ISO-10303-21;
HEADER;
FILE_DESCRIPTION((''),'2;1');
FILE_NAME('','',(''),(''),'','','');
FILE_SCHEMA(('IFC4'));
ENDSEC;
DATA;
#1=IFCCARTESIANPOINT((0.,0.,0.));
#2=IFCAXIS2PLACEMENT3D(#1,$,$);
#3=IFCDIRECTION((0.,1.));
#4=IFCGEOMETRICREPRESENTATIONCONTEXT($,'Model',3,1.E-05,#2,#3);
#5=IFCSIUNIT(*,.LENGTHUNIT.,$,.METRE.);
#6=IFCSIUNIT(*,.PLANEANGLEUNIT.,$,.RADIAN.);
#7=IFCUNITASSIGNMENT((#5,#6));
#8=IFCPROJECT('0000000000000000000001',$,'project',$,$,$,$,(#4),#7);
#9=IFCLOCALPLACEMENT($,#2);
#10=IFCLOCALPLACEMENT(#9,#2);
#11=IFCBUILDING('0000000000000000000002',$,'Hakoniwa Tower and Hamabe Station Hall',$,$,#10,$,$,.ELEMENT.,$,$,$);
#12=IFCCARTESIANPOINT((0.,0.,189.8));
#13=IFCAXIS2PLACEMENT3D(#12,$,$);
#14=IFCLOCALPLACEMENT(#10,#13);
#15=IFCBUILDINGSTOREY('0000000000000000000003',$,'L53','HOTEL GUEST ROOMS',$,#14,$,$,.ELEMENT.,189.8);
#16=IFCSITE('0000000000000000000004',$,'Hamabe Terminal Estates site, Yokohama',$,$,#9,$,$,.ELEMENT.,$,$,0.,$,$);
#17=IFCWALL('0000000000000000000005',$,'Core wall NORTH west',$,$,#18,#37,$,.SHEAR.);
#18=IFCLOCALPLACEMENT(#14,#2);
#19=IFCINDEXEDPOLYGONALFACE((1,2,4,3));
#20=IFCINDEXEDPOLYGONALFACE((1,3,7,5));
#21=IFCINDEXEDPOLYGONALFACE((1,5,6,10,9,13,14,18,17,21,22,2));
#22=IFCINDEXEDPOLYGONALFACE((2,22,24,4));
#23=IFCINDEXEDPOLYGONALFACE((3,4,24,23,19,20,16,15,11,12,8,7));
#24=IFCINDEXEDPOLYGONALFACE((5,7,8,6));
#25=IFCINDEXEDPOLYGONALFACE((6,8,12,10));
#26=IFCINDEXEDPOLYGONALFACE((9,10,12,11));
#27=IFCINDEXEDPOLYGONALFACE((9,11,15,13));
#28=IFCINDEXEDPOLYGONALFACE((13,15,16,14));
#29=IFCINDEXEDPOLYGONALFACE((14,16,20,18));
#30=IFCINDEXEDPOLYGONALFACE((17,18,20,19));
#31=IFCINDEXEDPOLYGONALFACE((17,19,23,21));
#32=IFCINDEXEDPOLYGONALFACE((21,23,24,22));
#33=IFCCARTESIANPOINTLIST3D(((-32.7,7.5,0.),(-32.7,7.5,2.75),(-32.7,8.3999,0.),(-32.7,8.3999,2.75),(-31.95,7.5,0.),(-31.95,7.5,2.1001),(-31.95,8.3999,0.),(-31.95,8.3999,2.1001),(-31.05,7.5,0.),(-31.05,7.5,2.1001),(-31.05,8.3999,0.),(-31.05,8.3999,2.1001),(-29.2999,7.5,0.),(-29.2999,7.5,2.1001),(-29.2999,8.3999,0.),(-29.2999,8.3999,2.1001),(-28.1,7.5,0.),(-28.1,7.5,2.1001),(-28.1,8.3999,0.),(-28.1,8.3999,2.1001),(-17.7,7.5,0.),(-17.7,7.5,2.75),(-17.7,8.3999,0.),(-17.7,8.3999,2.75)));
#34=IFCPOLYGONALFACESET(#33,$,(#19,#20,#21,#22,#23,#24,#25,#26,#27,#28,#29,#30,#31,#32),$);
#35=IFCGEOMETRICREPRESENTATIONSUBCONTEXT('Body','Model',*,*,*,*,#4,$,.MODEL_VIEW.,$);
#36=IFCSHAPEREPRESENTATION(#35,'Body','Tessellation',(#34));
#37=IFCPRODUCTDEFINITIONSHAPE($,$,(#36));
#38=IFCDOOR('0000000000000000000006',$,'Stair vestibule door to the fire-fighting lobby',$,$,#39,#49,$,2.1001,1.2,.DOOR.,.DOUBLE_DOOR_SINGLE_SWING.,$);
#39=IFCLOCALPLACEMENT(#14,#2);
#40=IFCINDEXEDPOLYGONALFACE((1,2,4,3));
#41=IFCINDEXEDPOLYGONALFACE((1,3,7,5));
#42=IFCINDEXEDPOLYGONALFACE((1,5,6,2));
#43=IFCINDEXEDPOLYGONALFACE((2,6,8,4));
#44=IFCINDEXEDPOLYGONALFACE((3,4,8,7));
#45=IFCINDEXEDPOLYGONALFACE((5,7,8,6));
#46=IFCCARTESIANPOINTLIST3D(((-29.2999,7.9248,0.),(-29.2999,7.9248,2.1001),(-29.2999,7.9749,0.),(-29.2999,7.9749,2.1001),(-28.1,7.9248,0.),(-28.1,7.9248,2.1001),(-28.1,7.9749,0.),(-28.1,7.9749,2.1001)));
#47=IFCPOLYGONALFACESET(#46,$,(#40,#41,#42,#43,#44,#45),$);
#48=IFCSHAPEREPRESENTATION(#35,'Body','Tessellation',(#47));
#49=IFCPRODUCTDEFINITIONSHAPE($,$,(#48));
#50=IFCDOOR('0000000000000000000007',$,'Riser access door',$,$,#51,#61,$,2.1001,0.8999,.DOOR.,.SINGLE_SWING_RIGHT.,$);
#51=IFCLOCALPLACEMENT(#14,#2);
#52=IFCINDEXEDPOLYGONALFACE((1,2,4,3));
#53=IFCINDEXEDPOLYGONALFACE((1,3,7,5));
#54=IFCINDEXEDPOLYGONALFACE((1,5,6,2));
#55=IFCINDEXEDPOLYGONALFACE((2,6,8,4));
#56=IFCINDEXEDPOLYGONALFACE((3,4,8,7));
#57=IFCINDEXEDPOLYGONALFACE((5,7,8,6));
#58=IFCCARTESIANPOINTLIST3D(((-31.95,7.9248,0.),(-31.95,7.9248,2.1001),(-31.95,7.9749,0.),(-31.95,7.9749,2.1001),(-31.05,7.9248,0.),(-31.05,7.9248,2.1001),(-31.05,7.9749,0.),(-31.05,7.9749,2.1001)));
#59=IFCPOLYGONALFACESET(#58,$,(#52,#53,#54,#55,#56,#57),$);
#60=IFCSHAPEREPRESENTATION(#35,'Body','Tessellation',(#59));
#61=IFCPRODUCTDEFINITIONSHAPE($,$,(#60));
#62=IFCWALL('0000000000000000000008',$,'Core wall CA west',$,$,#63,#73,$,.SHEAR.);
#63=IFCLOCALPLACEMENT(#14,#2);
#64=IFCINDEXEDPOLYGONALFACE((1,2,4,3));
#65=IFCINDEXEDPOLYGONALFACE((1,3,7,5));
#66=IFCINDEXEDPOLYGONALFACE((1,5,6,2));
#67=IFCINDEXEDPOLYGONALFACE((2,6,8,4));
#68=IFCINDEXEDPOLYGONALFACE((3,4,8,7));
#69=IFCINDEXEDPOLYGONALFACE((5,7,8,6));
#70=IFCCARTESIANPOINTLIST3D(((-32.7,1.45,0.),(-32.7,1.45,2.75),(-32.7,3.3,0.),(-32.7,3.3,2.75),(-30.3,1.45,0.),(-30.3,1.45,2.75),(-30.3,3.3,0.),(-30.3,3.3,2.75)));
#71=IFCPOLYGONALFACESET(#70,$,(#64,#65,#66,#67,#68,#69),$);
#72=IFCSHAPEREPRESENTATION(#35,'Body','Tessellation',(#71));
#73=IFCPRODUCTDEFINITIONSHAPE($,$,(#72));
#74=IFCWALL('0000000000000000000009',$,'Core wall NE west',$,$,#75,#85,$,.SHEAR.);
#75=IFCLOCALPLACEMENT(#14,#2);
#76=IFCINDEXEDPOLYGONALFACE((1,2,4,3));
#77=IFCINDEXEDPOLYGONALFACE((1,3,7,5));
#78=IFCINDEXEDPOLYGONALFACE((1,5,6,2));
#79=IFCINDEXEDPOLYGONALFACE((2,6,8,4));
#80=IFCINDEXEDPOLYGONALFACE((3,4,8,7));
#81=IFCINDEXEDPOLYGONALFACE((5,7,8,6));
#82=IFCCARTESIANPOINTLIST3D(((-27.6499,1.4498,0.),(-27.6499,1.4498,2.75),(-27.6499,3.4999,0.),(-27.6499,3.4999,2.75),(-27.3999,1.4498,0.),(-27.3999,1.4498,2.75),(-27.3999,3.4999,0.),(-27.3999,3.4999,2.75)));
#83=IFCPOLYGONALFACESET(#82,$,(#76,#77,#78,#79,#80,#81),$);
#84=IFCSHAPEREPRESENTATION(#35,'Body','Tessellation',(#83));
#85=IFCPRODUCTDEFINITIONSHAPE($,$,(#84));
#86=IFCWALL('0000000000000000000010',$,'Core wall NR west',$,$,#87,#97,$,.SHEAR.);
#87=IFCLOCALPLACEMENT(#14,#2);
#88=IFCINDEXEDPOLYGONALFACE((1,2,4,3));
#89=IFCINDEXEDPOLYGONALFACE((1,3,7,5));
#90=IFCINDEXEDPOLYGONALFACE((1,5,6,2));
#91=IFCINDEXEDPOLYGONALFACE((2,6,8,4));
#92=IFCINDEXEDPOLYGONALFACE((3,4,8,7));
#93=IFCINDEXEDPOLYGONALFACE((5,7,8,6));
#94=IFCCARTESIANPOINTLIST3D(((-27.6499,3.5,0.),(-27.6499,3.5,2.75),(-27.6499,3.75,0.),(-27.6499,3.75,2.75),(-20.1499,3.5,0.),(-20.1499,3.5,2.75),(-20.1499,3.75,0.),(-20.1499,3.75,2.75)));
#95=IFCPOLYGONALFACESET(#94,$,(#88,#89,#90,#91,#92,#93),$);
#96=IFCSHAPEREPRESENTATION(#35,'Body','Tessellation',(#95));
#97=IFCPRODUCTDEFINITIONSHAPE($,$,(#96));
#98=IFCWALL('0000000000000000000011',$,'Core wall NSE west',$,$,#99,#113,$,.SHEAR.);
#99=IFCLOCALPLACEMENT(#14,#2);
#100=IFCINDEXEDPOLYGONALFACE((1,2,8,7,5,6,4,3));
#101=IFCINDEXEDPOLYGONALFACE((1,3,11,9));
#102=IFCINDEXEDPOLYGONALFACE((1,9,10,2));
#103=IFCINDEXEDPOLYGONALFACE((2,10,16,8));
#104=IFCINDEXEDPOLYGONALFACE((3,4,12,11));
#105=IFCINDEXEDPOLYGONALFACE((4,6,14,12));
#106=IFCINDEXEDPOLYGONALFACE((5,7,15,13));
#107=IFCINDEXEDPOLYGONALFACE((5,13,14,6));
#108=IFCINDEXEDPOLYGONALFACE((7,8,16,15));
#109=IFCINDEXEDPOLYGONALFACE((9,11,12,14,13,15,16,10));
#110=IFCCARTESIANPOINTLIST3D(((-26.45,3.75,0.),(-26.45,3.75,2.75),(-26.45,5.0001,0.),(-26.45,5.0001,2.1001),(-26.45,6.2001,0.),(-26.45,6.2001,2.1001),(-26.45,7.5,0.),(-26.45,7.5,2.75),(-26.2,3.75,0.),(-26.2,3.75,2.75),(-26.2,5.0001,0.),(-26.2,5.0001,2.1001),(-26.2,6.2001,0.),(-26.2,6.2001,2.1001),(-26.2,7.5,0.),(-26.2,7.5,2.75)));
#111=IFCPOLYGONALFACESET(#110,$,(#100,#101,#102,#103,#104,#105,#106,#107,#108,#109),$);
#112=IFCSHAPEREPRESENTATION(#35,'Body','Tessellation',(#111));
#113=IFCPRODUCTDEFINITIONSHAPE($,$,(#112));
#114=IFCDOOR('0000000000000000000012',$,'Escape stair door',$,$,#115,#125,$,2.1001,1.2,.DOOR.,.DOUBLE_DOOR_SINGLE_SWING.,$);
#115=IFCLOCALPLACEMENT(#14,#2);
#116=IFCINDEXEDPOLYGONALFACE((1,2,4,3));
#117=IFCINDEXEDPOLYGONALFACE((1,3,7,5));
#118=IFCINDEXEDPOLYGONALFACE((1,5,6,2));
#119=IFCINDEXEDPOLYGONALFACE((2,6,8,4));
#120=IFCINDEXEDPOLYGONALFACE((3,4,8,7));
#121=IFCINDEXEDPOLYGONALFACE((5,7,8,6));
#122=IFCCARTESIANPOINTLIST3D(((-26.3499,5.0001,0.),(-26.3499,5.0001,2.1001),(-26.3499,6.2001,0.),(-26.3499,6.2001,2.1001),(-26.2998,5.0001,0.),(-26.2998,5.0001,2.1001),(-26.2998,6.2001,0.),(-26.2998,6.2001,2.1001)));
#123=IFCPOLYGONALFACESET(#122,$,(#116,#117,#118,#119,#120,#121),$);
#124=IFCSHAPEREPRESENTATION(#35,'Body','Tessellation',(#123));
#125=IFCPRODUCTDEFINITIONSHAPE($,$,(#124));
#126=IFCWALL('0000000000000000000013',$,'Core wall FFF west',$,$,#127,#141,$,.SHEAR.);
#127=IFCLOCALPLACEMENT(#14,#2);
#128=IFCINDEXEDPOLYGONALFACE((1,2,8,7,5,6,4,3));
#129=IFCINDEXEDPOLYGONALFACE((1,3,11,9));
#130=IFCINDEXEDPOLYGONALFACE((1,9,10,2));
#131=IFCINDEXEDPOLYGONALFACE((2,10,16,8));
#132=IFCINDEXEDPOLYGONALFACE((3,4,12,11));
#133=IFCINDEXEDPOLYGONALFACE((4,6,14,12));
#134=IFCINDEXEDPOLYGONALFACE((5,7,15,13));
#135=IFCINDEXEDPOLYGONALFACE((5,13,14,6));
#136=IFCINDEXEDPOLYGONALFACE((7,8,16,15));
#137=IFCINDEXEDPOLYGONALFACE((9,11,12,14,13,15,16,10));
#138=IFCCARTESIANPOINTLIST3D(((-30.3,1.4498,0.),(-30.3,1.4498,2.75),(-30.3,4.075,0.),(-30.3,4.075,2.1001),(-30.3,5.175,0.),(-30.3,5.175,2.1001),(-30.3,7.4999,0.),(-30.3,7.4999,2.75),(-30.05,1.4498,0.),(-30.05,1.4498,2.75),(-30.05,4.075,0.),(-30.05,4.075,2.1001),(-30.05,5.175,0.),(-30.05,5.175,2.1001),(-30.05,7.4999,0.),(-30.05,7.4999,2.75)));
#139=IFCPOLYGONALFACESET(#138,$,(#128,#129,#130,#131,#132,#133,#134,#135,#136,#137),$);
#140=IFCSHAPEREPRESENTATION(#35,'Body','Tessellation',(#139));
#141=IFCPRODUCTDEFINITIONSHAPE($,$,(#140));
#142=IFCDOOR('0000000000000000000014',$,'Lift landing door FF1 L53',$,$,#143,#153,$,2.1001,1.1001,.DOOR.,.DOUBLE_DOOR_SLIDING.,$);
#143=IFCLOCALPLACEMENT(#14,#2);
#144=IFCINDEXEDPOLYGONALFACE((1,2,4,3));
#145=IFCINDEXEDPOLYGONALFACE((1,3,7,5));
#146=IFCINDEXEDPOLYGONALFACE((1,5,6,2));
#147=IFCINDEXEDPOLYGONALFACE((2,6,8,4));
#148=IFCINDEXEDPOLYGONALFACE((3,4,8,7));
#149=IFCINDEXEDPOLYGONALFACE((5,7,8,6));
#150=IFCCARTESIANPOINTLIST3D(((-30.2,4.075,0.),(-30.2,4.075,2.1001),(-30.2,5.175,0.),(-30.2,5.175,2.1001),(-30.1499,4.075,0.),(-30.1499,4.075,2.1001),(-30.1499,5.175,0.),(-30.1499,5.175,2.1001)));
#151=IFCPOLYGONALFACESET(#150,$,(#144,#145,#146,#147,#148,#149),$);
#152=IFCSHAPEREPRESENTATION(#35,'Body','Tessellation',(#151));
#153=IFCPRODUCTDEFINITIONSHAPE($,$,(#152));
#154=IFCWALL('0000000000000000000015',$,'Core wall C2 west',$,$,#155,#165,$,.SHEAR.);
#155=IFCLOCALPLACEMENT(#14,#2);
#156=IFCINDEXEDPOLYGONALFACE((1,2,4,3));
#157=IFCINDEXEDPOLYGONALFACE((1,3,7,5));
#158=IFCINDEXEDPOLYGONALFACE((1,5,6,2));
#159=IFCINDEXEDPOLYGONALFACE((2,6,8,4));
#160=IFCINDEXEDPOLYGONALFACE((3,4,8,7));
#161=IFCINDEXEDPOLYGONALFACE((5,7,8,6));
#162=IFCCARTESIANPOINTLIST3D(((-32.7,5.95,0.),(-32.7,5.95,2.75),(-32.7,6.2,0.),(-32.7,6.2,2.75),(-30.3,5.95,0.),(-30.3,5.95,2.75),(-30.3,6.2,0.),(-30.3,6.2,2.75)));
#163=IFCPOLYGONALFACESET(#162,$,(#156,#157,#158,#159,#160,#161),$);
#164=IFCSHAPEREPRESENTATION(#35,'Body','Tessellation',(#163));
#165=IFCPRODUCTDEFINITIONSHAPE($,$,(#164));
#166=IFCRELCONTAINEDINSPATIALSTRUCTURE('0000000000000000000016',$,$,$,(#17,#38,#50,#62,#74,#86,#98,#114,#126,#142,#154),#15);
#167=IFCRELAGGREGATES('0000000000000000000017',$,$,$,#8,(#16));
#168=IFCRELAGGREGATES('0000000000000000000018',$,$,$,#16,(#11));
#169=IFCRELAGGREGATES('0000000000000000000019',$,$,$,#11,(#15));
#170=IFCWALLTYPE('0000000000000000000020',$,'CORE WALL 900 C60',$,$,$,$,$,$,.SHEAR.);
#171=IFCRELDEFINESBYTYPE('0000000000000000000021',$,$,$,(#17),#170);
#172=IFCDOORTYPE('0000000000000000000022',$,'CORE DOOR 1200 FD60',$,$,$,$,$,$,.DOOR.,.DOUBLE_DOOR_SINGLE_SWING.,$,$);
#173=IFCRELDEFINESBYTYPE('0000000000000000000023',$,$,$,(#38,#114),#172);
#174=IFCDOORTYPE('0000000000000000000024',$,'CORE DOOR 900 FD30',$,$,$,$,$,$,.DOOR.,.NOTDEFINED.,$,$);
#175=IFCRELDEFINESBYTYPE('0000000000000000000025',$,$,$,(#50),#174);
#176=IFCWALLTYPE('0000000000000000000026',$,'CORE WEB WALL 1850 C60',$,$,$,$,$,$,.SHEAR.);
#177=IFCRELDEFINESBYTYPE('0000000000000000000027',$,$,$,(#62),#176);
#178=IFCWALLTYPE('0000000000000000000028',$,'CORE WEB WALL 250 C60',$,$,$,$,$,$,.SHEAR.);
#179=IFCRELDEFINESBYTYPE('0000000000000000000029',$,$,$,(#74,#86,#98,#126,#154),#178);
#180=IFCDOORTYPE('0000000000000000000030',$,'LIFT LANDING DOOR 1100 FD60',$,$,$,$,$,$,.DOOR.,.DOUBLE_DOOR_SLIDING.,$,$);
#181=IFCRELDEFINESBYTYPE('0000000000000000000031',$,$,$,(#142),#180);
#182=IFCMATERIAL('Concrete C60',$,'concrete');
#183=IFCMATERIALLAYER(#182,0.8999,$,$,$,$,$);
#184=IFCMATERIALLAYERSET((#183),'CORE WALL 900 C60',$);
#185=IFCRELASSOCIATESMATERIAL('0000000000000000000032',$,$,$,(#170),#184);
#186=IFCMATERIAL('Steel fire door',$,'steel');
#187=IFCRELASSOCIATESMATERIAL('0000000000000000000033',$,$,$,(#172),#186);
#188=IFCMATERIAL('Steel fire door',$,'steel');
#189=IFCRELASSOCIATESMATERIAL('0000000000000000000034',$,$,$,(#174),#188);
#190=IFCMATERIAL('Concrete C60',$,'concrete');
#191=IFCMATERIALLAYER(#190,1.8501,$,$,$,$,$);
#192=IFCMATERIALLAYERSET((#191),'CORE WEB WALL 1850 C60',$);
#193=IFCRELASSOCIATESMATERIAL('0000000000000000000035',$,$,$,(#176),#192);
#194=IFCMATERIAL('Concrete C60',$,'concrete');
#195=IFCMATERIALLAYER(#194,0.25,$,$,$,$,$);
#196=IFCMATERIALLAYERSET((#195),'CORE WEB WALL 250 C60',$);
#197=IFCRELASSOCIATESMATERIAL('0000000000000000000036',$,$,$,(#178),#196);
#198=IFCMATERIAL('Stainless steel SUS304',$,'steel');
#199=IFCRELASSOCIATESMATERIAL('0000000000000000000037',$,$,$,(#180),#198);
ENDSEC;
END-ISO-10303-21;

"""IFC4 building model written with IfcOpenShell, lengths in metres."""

from ifc_helpers import new_model, si_unit, direction, frame, frame_2d, origin, place, context, subcontext, project, spatial, rectangle, extrude, material, layer, layer_set, type_object, element, fill, save


model = new_model("IFC4")

# Units and contexts
model_context = context("Model", 3, precision=1e-05, world=origin(), true_north=direction((0.0, 1.0)))
body_context = subcontext(model_context, "Body", "Model", "MODEL_VIEW")
ifc_project = project(units=[si_unit("LENGTHUNIT", "METRE"), si_unit("PLANEANGLEUNIT", "RADIAN")], contexts=[model_context])

# Site, building, storey
site_placement = place(None, origin())
site = spatial("IfcSite", under=ifc_project, at=site_placement, Name="Hamabe Terminal Estates site, Yokohama", CompositionType="ELEMENT", RefElevation=0.0)
building_placement = place(site_placement, origin())
building = spatial("IfcBuilding", under=site, at=building_placement, Name="Hakoniwa Tower and Hamabe Station Hall", CompositionType="ELEMENT")
storey_placement = place(building_placement, frame((0.0, 0.0, 189.8)))
storey = spatial("IfcBuildingStorey", under=building, at=storey_placement, Name="L53", Description="HOTEL GUEST ROOMS", CompositionType="ELEMENT", Elevation=189.8)

# Wall, openings, doors
ifc_material_1 = material(Name="Concrete C60", Category="concrete")
ifc_layer_1 = layer(ifc_material_1, 0.8999)
ifc_layer_set_1 = layer_set([ifc_layer_1], Name="CORE WALL 900 C60")
wall_type_1 = type_object("IfcWallType", Name="CORE WALL 900 C60", PredefinedType="SHEAR", material=ifc_layer_set_1)
wall_1_placement = place(storey_placement, frame((-32.7, 7.95, 0.0), z_axis=(0.0, 0.0, 1.0), x_axis=(1.0, 0.0, 0.0)))
wall_1 = element("IfcWall", 1, at=wall_1_placement, inside=storey, type_object=wall_type_1, Name="Core wall NORTH west", PredefinedType="SHEAR", context=body_context, shape_type="SweptSolid", body=[
    extrude(rectangle(XDim=15.0, YDim=0.8999, at=frame_2d((7.5, 0.0))), origin(), (0.0, 0.0, 1.0), 2.75),
])
opening_1_placement = place(wall_1_placement, frame((3.3999, 0.0, 0.0)))
opening_1 = element("IfcOpeningElement", 2, at=opening_1_placement, cuts=wall_1, PredefinedType="OPENING", context=body_context, shape_type="SweptSolid", body=[
    extrude(rectangle(XDim=1.2, YDim=2.1001, at=frame_2d((0.6001, 1.05))), frame((0.0, 0.46, 0.0), z_axis=(0.0, -1.0, 0.0), x_axis=(1.0, 0.0, 0.0)), (0.0, 0.0, 1.0), 0.9199),
])
opening_2_placement = place(wall_1_placement, frame((0.75, 0.0, 0.0)))
opening_2 = element("IfcOpeningElement", 3, at=opening_2_placement, cuts=wall_1, PredefinedType="OPENING", context=body_context, shape_type="SweptSolid", body=[
    extrude(rectangle(XDim=0.8999, YDim=2.1001, at=frame_2d((0.45, 1.05))), frame((0.0, 0.46, 0.0), z_axis=(0.0, -1.0, 0.0), x_axis=(1.0, 0.0, 0.0)), (0.0, 0.0, 1.0), 0.9199),
])
ifc_material_2 = material(Name="Steel fire door", Category="steel")
door_type_1 = type_object("IfcDoorType", Name="CORE DOOR 1200 FD60", OperationType="DOUBLE_DOOR_SINGLE_SWING", PredefinedType="DOOR", material=ifc_material_2)
door_1_placement = place(opening_1_placement, origin())
door_1 = element("IfcDoor", 4, at=door_1_placement, inside=storey, type_object=door_type_1, Name="Stair vestibule door to the fire-fighting lobby", OperationType="DOUBLE_DOOR_SINGLE_SWING", OverallHeight=2.1001, OverallWidth=1.2, PredefinedType="DOOR", context=body_context, shape_type="SweptSolid", body=[
    extrude(rectangle(XDim=1.2, YDim=2.1001, at=frame_2d((0.6001, 1.05))), frame((0.0, 0.0249, 0.0), z_axis=(0.0, -1.0, 0.0), x_axis=(1.0, 0.0, 0.0)), (0.0, 0.0, 1.0), 0.05),
])
fill(opening_1, door_1)
ifc_material_3 = material(Name="Steel fire door", Category="steel")
door_type_2 = type_object("IfcDoorType", Name="CORE DOOR 900 FD30", OperationType="NOTDEFINED", PredefinedType="DOOR", material=ifc_material_3)
door_2_placement = place(opening_2_placement, origin())
door_2 = element("IfcDoor", 5, at=door_2_placement, inside=storey, type_object=door_type_2, Name="Riser access door", OperationType="SINGLE_SWING_RIGHT", OverallHeight=2.1001, OverallWidth=0.8999, PredefinedType="DOOR", context=body_context, shape_type="SweptSolid", body=[
    extrude(rectangle(XDim=0.8999, YDim=2.1001, at=frame_2d((0.45, 1.05))), frame((0.0, 0.0249, 0.0), z_axis=(0.0, -1.0, 0.0), x_axis=(1.0, 0.0, 0.0)), (0.0, 0.0, 1.0), 0.05),
])
fill(opening_2, door_2)

# Walls
ifc_material_4 = material(Name="Concrete C60", Category="concrete")
ifc_layer_2 = layer(ifc_material_4, 1.8501)
ifc_layer_set_2 = layer_set([ifc_layer_2], Name="CORE WEB WALL 1850 C60")
wall_type_2 = type_object("IfcWallType", Name="CORE WEB WALL 1850 C60", PredefinedType="SHEAR", material=ifc_layer_set_2)
wall_2_placement = place(storey_placement, frame((-32.7, 2.375, 0.0), z_axis=(0.0, 0.0, 1.0), x_axis=(1.0, 0.0, 0.0)))
element("IfcWall", 6, at=wall_2_placement, inside=storey, type_object=wall_type_2, Name="Core wall CA west", PredefinedType="SHEAR", context=body_context, shape_type="SweptSolid", body=[
    extrude(rectangle(XDim=2.3999, YDim=1.8501, at=frame_2d((1.2, 0.0))), origin(), (0.0, 0.0, 1.0), 2.75),
])
ifc_material_5 = material(Name="Concrete C60", Category="concrete")
ifc_layer_3 = layer(ifc_material_5, 0.25)
ifc_layer_set_3 = layer_set([ifc_layer_3], Name="CORE WEB WALL 250 C60")
wall_type_3 = type_object("IfcWallType", Name="CORE WEB WALL 250 C60", PredefinedType="SHEAR", material=ifc_layer_set_3)
wall_3_placement = place(storey_placement, frame((-27.5249, 1.45, 0.0), z_axis=(0.0, 0.0, 1.0), x_axis=(0.0, 1.0, 0.0)))
element("IfcWall", 7, at=wall_3_placement, inside=storey, type_object=wall_type_3, Name="Core wall NE west", PredefinedType="SHEAR", context=body_context, shape_type="SweptSolid", body=[
    extrude(rectangle(XDim=2.05, YDim=0.25, at=frame_2d((1.0249, 0.0))), origin(), (0.0, 0.0, 1.0), 2.75),
])
wall_4_placement = place(storey_placement, frame((-27.6499, 3.625, 0.0), z_axis=(0.0, 0.0, 1.0), x_axis=(1.0, 0.0, 0.0)))
element("IfcWall", 8, at=wall_4_placement, inside=storey, type_object=wall_type_3, Name="Core wall NR west", PredefinedType="SHEAR", context=body_context, shape_type="SweptSolid", body=[
    extrude(rectangle(XDim=7.5, YDim=0.25, at=frame_2d((3.75, 0.0))), origin(), (0.0, 0.0, 1.0), 2.75),
])

# Walls, openings, doors
wall_5_placement = place(storey_placement, frame((-26.325, 3.75, 0.0), z_axis=(0.0, 0.0, 1.0), x_axis=(0.0, 1.0, 0.0)))
wall_5 = element("IfcWall", 9, at=wall_5_placement, inside=storey, type_object=wall_type_3, Name="Core wall NSE west", PredefinedType="SHEAR", context=body_context, shape_type="SweptSolid", body=[
    extrude(rectangle(XDim=3.75, YDim=0.25, at=frame_2d((1.875, 0.0))), origin(), (0.0, 0.0, 1.0), 2.75),
])
opening_3_placement = place(wall_5_placement, frame((1.25, 0.0, 0.0)))
opening_3 = element("IfcOpeningElement", 10, at=opening_3_placement, cuts=wall_5, PredefinedType="OPENING", context=body_context, shape_type="SweptSolid", body=[
    extrude(rectangle(XDim=1.2, YDim=2.1001, at=frame_2d((0.6001, 1.05))), frame((0.0, 0.135, 0.0), z_axis=(0.0, -1.0, 0.0), x_axis=(1.0, 0.0, 0.0)), (0.0, 0.0, 1.0), 0.27),
])
door_3_placement = place(opening_3_placement, origin())
door_3 = element("IfcDoor", 11, at=door_3_placement, inside=storey, type_object=door_type_1, Name="Escape stair door", OperationType="DOUBLE_DOOR_SINGLE_SWING", OverallHeight=2.1001, OverallWidth=1.2, PredefinedType="DOOR", context=body_context, shape_type="SweptSolid", body=[
    extrude(rectangle(XDim=1.2, YDim=2.1001, at=frame_2d((0.6001, 1.05))), frame((0.0, 0.0249, 0.0), z_axis=(0.0, -1.0, 0.0), x_axis=(1.0, 0.0, 0.0)), (0.0, 0.0, 1.0), 0.05),
])
fill(opening_3, door_3)
wall_6_placement = place(storey_placement, frame((-30.175, 1.45, 0.0), z_axis=(0.0, 0.0, 1.0), x_axis=(0.0, 1.0, 0.0)))
wall_6 = element("IfcWall", 12, at=wall_6_placement, inside=storey, type_object=wall_type_3, Name="Core wall FFF west", PredefinedType="SHEAR", context=body_context, shape_type="SweptSolid", body=[
    extrude(rectangle(XDim=6.05, YDim=0.25, at=frame_2d((3.0249, 0.0))), origin(), (0.0, 0.0, 1.0), 2.75),
])
opening_4_placement = place(wall_6_placement, frame((2.625, 0.0, 0.0)))
opening_4 = element("IfcOpeningElement", 13, at=opening_4_placement, cuts=wall_6, PredefinedType="OPENING", context=body_context, shape_type="SweptSolid", body=[
    extrude(rectangle(XDim=1.1001, YDim=2.1001, at=frame_2d((0.55, 1.05))), frame((0.0, 0.135, 0.0), z_axis=(0.0, -1.0, 0.0), x_axis=(1.0, 0.0, 0.0)), (0.0, 0.0, 1.0), 0.27),
])
ifc_material_6 = material(Name="Stainless steel SUS304", Category="steel")
door_type_3 = type_object("IfcDoorType", Name="LIFT LANDING DOOR 1100 FD60", OperationType="DOUBLE_DOOR_SLIDING", PredefinedType="DOOR", material=ifc_material_6)
door_4_placement = place(opening_4_placement, origin())
door_4 = element("IfcDoor", 14, at=door_4_placement, inside=storey, type_object=door_type_3, Name="Lift landing door FF1 L53", OperationType="DOUBLE_DOOR_SLIDING", OverallHeight=2.1001, OverallWidth=1.1001, PredefinedType="DOOR", context=body_context, shape_type="SweptSolid", body=[
    extrude(rectangle(XDim=1.1001, YDim=2.1001, at=frame_2d((0.55, 1.05))), frame((0.0, 0.0249, 0.0), z_axis=(0.0, -1.0, 0.0), x_axis=(1.0, 0.0, 0.0)), (0.0, 0.0, 1.0), 0.05),
])
fill(opening_4, door_4)

# Wall
wall_7_placement = place(storey_placement, frame((-32.7, 6.075, 0.0), z_axis=(0.0, 0.0, 1.0), x_axis=(1.0, 0.0, 0.0)))
element("IfcWall", 15, at=wall_7_placement, inside=storey, type_object=wall_type_3, Name="Core wall C2 west", PredefinedType="SHEAR", context=body_context, shape_type="SweptSolid", body=[
    extrude(rectangle(XDim=2.3999, YDim=0.25, at=frame_2d((1.2, 0.0))), origin(), (0.0, 0.0, 1.0), 2.75),
])

save(model, "model.ifc")
